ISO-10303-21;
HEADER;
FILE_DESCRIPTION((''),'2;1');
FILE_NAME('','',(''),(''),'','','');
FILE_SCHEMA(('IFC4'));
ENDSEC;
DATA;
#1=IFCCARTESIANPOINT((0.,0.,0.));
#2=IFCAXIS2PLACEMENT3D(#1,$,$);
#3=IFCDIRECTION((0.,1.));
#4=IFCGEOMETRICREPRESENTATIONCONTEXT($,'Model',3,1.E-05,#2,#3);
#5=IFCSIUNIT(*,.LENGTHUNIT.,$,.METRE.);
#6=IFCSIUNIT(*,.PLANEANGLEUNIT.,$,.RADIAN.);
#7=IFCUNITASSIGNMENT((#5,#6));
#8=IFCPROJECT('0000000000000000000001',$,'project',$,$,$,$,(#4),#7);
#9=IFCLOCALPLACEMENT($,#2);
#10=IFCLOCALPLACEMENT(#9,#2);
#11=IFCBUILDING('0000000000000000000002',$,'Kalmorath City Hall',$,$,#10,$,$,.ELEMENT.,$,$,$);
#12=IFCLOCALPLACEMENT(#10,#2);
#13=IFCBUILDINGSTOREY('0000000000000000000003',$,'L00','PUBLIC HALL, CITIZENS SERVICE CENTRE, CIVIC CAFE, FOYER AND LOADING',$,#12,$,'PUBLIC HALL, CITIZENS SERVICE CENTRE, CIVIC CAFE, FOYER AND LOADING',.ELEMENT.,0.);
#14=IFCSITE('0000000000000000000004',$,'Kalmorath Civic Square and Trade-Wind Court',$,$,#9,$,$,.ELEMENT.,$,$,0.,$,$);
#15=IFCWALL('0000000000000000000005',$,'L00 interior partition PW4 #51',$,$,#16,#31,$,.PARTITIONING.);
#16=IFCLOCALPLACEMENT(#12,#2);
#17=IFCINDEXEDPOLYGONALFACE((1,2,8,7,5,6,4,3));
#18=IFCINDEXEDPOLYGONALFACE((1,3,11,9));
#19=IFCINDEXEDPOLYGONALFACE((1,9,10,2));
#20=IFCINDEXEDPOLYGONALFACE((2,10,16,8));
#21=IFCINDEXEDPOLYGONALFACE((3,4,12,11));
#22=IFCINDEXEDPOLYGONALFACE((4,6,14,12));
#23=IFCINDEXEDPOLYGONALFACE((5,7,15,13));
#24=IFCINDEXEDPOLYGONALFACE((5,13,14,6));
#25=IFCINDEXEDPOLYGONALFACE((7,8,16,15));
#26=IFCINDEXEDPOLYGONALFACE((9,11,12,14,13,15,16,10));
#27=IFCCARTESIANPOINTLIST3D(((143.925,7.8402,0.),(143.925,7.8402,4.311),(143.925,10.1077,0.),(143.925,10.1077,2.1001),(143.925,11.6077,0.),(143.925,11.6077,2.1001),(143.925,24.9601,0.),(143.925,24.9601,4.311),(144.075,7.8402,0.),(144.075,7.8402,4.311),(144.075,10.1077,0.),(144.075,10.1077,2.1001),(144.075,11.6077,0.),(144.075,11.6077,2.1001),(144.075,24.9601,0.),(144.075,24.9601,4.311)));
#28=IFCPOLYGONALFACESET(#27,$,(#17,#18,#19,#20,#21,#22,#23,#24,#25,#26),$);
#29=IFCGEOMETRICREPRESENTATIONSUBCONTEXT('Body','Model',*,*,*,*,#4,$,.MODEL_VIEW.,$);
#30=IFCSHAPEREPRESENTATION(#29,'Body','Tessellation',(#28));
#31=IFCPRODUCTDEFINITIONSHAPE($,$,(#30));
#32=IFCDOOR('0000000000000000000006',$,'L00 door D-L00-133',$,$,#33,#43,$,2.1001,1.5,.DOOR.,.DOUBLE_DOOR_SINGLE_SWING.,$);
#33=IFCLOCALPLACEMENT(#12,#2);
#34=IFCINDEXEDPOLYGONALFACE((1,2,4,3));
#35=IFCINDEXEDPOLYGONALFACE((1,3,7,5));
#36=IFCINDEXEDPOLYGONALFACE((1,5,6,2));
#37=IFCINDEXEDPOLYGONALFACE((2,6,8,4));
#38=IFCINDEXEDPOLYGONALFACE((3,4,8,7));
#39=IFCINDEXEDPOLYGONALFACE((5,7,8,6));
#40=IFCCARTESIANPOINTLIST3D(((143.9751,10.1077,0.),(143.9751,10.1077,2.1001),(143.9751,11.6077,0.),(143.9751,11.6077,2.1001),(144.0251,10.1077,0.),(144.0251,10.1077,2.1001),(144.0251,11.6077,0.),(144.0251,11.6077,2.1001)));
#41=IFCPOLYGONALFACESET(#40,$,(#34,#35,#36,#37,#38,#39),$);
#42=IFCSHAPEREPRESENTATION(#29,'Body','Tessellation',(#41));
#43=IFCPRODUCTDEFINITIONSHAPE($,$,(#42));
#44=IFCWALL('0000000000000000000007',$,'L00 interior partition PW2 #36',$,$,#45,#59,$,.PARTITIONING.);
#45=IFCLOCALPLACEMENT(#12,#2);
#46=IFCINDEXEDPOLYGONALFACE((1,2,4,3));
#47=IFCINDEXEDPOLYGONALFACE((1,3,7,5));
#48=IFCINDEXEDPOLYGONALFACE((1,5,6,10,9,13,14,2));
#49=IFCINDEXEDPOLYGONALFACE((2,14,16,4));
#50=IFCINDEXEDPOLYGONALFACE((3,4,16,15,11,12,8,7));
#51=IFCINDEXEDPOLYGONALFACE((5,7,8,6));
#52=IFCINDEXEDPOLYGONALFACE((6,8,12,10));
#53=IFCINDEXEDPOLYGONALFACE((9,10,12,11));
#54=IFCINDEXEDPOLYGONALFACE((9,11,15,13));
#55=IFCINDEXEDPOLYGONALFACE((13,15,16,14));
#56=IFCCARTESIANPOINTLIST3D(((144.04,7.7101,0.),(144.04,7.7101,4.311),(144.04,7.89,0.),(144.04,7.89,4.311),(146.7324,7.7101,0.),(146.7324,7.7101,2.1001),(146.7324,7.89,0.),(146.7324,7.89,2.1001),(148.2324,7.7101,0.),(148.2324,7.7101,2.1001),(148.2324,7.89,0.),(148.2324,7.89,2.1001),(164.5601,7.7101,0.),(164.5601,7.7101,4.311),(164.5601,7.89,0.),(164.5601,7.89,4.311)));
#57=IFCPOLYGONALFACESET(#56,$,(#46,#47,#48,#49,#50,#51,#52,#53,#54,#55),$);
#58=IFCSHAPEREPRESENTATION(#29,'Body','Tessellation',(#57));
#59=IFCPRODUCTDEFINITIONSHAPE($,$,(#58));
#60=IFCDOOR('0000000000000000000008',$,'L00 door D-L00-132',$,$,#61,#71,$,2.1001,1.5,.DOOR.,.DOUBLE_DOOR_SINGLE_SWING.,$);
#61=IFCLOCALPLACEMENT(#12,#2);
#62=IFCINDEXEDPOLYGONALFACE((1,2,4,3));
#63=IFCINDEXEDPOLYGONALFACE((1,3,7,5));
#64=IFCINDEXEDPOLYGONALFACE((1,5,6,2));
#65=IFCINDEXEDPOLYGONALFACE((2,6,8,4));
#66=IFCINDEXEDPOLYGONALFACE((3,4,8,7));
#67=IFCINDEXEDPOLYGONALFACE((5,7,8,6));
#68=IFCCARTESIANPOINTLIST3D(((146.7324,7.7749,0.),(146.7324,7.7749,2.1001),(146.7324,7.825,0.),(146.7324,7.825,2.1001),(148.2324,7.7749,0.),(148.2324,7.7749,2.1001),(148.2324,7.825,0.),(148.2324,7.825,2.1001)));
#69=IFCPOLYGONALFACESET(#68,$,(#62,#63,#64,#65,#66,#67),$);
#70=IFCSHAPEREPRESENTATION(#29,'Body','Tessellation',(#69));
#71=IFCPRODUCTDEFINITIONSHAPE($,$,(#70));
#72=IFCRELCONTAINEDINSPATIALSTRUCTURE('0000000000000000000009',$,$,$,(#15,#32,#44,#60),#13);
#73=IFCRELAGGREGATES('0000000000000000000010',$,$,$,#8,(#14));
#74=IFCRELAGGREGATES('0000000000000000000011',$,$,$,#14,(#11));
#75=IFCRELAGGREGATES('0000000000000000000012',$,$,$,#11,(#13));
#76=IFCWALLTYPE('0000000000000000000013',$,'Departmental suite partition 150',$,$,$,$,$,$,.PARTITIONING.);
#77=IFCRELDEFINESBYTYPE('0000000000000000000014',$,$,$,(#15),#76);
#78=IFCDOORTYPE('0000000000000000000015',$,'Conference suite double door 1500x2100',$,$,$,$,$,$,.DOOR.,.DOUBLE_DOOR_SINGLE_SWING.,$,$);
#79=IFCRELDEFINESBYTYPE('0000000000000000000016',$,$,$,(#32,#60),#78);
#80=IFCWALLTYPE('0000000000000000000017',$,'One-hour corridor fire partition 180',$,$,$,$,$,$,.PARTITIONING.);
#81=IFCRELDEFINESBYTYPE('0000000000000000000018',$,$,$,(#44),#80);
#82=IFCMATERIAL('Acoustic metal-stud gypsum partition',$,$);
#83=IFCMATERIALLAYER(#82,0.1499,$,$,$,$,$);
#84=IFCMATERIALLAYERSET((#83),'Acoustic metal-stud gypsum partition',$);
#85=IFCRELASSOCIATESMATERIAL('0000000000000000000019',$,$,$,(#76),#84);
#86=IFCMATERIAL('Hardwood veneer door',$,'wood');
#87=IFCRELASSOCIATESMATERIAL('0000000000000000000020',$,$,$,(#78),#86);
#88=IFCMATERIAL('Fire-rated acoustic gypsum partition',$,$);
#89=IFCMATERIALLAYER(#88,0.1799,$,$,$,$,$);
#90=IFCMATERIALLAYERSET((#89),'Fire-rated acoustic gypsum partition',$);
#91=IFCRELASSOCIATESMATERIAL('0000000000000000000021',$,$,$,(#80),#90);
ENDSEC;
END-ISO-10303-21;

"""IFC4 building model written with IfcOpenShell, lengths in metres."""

from ifc_helpers import new_model, si_unit, direction, frame, frame_2d, origin, place, context, subcontext, project, spatial, rectangle, extrude, material, layer, layer_set, type_object, element, fill, save


model = new_model("IFC4")

# Units and contexts
model_context = context("Model", 3, precision=1e-05, world=origin(), true_north=direction((0.0, 1.0)))
body_context = subcontext(model_context, "Body", "Model", "MODEL_VIEW")
ifc_project = project(units=[si_unit("LENGTHUNIT", "METRE"), si_unit("PLANEANGLEUNIT", "RADIAN")], contexts=[model_context])

# Site, building, storey
site_placement = place(None, origin())
site = spatial("IfcSite", under=ifc_project, at=site_placement, Name="Kalmorath Civic Square and Trade-Wind Court", CompositionType="ELEMENT", RefElevation=0.0)
building_placement = place(site_placement, origin())
building = spatial("IfcBuilding", under=site, at=building_placement, Name="Kalmorath City Hall", CompositionType="ELEMENT")
storey_placement = place(building_placement, origin())
storey = spatial("IfcBuildingStorey", under=building, at=storey_placement, Name="L00", Description="PUBLIC HALL, CITIZENS SERVICE CENTRE, CIVIC CAFE, FOYER AND LOADING", LongName="PUBLIC HALL, CITIZENS SERVICE CENTRE, CIVIC CAFE, FOYER AND LOADING", CompositionType="ELEMENT", Elevation=0.0)

# Walls, openings, doors
ifc_material_1 = material(Name="Acoustic metal-stud gypsum partition")
ifc_layer_1 = layer(ifc_material_1, 0.1499)
ifc_layer_set_1 = layer_set([ifc_layer_1], Name="Acoustic metal-stud gypsum partition")
wall_type_1 = type_object("IfcWallType", Name="Departmental suite partition 150", PredefinedType="PARTITIONING", material=ifc_layer_set_1)
wall_1_placement = place(storey_placement, frame((144.0, 7.8401, 0.0), z_axis=(0.0, 0.0, 1.0), x_axis=(0.0, 1.0, 0.0)))
wall_1 = element("IfcWall", 1, at=wall_1_placement, inside=storey, type_object=wall_type_1, Name="L00 interior partition PW4 #51", PredefinedType="PARTITIONING", context=body_context, shape_type="SweptSolid", body=[
    extrude(rectangle(XDim=17.1199, YDim=0.1499, at=frame_2d((8.5601, 0.0))), origin(), (0.0, 0.0, 1.0), 4.311),
])
opening_1_placement = place(wall_1_placement, frame((2.2676, 0.0, 0.0)))
opening_1 = element("IfcOpeningElement", 2, at=opening_1_placement, cuts=wall_1, PredefinedType="OPENING", context=body_context, shape_type="SweptSolid", body=[
    extrude(rectangle(XDim=1.5, YDim=2.1001, at=frame_2d((0.75, 1.05))), frame((0.0, 0.085, 0.0), z_axis=(0.0, -1.0, 0.0), x_axis=(1.0, 0.0, 0.0)), (0.0, 0.0, 1.0), 0.1699),
])
ifc_material_2 = material(Name="Hardwood veneer door", Category="wood")
door_type = type_object("IfcDoorType", Name="Conference suite double door 1500x2100", OperationType="DOUBLE_DOOR_SINGLE_SWING", PredefinedType="DOOR", material=ifc_material_2)
door_1_placement = place(opening_1_placement, origin())
door_1 = element("IfcDoor", 3, at=door_1_placement, inside=storey, type_object=door_type, Name="L00 door D-L00-133", OperationType="DOUBLE_DOOR_SINGLE_SWING", OverallHeight=2.1001, OverallWidth=1.5, PredefinedType="DOOR", context=body_context, shape_type="SweptSolid", body=[
    extrude(rectangle(XDim=1.5, YDim=2.1001, at=frame_2d((0.75, 1.05))), frame((0.0, 0.0249, 0.0), z_axis=(0.0, -1.0, 0.0), x_axis=(1.0, 0.0, 0.0)), (0.0, 0.0, 1.0), 0.05),
])
fill(opening_1, door_1)
ifc_material_3 = material(Name="Fire-rated acoustic gypsum partition")
ifc_layer_2 = layer(ifc_material_3, 0.1799)
ifc_layer_set_2 = layer_set([ifc_layer_2], Name="Fire-rated acoustic gypsum partition")
wall_type_2 = type_object("IfcWallType", Name="One-hour corridor fire partition 180", PredefinedType="PARTITIONING", material=ifc_layer_set_2)
wall_2_placement = place(storey_placement, frame((144.04, 7.8, 0.0), z_axis=(0.0, 0.0, 1.0), x_axis=(1.0, 0.0, 0.0)))
wall_2 = element("IfcWall", 4, at=wall_2_placement, inside=storey, type_object=wall_type_2, Name="L00 interior partition PW2 #36", PredefinedType="PARTITIONING", context=body_context, shape_type="SweptSolid", body=[
    extrude(rectangle(XDim=20.52, YDim=0.1799, at=frame_2d((10.26, 0.0))), origin(), (0.0, 0.0, 1.0), 4.311),
])
opening_2_placement = place(wall_2_placement, frame((2.6924, 0.0, 0.0)))
opening_2 = element("IfcOpeningElement", 5, at=opening_2_placement, cuts=wall_2, PredefinedType="OPENING", context=body_context, shape_type="SweptSolid", body=[
    extrude(rectangle(XDim=1.5, YDim=2.1001, at=frame_2d((0.75, 1.05))), frame((0.0, 0.0999, 0.0), z_axis=(0.0, -1.0, 0.0), x_axis=(1.0, 0.0, 0.0)), (0.0, 0.0, 1.0), 0.2),
])
door_2_placement = place(opening_2_placement, origin())
door_2 = element("IfcDoor", 6, at=door_2_placement, inside=storey, type_object=door_type, Name="L00 door D-L00-132", OperationType="DOUBLE_DOOR_SINGLE_SWING", OverallHeight=2.1001, OverallWidth=1.5, PredefinedType="DOOR", context=body_context, shape_type="SweptSolid", body=[
    extrude(rectangle(XDim=1.5, YDim=2.1001, at=frame_2d((0.75, 1.05))), frame((0.0, 0.0249, 0.0), z_axis=(0.0, -1.0, 0.0), x_axis=(1.0, 0.0, 0.0)), (0.0, 0.0, 1.0), 0.05),
])
fill(opening_2, door_2)

save(model, "model.ifc")
